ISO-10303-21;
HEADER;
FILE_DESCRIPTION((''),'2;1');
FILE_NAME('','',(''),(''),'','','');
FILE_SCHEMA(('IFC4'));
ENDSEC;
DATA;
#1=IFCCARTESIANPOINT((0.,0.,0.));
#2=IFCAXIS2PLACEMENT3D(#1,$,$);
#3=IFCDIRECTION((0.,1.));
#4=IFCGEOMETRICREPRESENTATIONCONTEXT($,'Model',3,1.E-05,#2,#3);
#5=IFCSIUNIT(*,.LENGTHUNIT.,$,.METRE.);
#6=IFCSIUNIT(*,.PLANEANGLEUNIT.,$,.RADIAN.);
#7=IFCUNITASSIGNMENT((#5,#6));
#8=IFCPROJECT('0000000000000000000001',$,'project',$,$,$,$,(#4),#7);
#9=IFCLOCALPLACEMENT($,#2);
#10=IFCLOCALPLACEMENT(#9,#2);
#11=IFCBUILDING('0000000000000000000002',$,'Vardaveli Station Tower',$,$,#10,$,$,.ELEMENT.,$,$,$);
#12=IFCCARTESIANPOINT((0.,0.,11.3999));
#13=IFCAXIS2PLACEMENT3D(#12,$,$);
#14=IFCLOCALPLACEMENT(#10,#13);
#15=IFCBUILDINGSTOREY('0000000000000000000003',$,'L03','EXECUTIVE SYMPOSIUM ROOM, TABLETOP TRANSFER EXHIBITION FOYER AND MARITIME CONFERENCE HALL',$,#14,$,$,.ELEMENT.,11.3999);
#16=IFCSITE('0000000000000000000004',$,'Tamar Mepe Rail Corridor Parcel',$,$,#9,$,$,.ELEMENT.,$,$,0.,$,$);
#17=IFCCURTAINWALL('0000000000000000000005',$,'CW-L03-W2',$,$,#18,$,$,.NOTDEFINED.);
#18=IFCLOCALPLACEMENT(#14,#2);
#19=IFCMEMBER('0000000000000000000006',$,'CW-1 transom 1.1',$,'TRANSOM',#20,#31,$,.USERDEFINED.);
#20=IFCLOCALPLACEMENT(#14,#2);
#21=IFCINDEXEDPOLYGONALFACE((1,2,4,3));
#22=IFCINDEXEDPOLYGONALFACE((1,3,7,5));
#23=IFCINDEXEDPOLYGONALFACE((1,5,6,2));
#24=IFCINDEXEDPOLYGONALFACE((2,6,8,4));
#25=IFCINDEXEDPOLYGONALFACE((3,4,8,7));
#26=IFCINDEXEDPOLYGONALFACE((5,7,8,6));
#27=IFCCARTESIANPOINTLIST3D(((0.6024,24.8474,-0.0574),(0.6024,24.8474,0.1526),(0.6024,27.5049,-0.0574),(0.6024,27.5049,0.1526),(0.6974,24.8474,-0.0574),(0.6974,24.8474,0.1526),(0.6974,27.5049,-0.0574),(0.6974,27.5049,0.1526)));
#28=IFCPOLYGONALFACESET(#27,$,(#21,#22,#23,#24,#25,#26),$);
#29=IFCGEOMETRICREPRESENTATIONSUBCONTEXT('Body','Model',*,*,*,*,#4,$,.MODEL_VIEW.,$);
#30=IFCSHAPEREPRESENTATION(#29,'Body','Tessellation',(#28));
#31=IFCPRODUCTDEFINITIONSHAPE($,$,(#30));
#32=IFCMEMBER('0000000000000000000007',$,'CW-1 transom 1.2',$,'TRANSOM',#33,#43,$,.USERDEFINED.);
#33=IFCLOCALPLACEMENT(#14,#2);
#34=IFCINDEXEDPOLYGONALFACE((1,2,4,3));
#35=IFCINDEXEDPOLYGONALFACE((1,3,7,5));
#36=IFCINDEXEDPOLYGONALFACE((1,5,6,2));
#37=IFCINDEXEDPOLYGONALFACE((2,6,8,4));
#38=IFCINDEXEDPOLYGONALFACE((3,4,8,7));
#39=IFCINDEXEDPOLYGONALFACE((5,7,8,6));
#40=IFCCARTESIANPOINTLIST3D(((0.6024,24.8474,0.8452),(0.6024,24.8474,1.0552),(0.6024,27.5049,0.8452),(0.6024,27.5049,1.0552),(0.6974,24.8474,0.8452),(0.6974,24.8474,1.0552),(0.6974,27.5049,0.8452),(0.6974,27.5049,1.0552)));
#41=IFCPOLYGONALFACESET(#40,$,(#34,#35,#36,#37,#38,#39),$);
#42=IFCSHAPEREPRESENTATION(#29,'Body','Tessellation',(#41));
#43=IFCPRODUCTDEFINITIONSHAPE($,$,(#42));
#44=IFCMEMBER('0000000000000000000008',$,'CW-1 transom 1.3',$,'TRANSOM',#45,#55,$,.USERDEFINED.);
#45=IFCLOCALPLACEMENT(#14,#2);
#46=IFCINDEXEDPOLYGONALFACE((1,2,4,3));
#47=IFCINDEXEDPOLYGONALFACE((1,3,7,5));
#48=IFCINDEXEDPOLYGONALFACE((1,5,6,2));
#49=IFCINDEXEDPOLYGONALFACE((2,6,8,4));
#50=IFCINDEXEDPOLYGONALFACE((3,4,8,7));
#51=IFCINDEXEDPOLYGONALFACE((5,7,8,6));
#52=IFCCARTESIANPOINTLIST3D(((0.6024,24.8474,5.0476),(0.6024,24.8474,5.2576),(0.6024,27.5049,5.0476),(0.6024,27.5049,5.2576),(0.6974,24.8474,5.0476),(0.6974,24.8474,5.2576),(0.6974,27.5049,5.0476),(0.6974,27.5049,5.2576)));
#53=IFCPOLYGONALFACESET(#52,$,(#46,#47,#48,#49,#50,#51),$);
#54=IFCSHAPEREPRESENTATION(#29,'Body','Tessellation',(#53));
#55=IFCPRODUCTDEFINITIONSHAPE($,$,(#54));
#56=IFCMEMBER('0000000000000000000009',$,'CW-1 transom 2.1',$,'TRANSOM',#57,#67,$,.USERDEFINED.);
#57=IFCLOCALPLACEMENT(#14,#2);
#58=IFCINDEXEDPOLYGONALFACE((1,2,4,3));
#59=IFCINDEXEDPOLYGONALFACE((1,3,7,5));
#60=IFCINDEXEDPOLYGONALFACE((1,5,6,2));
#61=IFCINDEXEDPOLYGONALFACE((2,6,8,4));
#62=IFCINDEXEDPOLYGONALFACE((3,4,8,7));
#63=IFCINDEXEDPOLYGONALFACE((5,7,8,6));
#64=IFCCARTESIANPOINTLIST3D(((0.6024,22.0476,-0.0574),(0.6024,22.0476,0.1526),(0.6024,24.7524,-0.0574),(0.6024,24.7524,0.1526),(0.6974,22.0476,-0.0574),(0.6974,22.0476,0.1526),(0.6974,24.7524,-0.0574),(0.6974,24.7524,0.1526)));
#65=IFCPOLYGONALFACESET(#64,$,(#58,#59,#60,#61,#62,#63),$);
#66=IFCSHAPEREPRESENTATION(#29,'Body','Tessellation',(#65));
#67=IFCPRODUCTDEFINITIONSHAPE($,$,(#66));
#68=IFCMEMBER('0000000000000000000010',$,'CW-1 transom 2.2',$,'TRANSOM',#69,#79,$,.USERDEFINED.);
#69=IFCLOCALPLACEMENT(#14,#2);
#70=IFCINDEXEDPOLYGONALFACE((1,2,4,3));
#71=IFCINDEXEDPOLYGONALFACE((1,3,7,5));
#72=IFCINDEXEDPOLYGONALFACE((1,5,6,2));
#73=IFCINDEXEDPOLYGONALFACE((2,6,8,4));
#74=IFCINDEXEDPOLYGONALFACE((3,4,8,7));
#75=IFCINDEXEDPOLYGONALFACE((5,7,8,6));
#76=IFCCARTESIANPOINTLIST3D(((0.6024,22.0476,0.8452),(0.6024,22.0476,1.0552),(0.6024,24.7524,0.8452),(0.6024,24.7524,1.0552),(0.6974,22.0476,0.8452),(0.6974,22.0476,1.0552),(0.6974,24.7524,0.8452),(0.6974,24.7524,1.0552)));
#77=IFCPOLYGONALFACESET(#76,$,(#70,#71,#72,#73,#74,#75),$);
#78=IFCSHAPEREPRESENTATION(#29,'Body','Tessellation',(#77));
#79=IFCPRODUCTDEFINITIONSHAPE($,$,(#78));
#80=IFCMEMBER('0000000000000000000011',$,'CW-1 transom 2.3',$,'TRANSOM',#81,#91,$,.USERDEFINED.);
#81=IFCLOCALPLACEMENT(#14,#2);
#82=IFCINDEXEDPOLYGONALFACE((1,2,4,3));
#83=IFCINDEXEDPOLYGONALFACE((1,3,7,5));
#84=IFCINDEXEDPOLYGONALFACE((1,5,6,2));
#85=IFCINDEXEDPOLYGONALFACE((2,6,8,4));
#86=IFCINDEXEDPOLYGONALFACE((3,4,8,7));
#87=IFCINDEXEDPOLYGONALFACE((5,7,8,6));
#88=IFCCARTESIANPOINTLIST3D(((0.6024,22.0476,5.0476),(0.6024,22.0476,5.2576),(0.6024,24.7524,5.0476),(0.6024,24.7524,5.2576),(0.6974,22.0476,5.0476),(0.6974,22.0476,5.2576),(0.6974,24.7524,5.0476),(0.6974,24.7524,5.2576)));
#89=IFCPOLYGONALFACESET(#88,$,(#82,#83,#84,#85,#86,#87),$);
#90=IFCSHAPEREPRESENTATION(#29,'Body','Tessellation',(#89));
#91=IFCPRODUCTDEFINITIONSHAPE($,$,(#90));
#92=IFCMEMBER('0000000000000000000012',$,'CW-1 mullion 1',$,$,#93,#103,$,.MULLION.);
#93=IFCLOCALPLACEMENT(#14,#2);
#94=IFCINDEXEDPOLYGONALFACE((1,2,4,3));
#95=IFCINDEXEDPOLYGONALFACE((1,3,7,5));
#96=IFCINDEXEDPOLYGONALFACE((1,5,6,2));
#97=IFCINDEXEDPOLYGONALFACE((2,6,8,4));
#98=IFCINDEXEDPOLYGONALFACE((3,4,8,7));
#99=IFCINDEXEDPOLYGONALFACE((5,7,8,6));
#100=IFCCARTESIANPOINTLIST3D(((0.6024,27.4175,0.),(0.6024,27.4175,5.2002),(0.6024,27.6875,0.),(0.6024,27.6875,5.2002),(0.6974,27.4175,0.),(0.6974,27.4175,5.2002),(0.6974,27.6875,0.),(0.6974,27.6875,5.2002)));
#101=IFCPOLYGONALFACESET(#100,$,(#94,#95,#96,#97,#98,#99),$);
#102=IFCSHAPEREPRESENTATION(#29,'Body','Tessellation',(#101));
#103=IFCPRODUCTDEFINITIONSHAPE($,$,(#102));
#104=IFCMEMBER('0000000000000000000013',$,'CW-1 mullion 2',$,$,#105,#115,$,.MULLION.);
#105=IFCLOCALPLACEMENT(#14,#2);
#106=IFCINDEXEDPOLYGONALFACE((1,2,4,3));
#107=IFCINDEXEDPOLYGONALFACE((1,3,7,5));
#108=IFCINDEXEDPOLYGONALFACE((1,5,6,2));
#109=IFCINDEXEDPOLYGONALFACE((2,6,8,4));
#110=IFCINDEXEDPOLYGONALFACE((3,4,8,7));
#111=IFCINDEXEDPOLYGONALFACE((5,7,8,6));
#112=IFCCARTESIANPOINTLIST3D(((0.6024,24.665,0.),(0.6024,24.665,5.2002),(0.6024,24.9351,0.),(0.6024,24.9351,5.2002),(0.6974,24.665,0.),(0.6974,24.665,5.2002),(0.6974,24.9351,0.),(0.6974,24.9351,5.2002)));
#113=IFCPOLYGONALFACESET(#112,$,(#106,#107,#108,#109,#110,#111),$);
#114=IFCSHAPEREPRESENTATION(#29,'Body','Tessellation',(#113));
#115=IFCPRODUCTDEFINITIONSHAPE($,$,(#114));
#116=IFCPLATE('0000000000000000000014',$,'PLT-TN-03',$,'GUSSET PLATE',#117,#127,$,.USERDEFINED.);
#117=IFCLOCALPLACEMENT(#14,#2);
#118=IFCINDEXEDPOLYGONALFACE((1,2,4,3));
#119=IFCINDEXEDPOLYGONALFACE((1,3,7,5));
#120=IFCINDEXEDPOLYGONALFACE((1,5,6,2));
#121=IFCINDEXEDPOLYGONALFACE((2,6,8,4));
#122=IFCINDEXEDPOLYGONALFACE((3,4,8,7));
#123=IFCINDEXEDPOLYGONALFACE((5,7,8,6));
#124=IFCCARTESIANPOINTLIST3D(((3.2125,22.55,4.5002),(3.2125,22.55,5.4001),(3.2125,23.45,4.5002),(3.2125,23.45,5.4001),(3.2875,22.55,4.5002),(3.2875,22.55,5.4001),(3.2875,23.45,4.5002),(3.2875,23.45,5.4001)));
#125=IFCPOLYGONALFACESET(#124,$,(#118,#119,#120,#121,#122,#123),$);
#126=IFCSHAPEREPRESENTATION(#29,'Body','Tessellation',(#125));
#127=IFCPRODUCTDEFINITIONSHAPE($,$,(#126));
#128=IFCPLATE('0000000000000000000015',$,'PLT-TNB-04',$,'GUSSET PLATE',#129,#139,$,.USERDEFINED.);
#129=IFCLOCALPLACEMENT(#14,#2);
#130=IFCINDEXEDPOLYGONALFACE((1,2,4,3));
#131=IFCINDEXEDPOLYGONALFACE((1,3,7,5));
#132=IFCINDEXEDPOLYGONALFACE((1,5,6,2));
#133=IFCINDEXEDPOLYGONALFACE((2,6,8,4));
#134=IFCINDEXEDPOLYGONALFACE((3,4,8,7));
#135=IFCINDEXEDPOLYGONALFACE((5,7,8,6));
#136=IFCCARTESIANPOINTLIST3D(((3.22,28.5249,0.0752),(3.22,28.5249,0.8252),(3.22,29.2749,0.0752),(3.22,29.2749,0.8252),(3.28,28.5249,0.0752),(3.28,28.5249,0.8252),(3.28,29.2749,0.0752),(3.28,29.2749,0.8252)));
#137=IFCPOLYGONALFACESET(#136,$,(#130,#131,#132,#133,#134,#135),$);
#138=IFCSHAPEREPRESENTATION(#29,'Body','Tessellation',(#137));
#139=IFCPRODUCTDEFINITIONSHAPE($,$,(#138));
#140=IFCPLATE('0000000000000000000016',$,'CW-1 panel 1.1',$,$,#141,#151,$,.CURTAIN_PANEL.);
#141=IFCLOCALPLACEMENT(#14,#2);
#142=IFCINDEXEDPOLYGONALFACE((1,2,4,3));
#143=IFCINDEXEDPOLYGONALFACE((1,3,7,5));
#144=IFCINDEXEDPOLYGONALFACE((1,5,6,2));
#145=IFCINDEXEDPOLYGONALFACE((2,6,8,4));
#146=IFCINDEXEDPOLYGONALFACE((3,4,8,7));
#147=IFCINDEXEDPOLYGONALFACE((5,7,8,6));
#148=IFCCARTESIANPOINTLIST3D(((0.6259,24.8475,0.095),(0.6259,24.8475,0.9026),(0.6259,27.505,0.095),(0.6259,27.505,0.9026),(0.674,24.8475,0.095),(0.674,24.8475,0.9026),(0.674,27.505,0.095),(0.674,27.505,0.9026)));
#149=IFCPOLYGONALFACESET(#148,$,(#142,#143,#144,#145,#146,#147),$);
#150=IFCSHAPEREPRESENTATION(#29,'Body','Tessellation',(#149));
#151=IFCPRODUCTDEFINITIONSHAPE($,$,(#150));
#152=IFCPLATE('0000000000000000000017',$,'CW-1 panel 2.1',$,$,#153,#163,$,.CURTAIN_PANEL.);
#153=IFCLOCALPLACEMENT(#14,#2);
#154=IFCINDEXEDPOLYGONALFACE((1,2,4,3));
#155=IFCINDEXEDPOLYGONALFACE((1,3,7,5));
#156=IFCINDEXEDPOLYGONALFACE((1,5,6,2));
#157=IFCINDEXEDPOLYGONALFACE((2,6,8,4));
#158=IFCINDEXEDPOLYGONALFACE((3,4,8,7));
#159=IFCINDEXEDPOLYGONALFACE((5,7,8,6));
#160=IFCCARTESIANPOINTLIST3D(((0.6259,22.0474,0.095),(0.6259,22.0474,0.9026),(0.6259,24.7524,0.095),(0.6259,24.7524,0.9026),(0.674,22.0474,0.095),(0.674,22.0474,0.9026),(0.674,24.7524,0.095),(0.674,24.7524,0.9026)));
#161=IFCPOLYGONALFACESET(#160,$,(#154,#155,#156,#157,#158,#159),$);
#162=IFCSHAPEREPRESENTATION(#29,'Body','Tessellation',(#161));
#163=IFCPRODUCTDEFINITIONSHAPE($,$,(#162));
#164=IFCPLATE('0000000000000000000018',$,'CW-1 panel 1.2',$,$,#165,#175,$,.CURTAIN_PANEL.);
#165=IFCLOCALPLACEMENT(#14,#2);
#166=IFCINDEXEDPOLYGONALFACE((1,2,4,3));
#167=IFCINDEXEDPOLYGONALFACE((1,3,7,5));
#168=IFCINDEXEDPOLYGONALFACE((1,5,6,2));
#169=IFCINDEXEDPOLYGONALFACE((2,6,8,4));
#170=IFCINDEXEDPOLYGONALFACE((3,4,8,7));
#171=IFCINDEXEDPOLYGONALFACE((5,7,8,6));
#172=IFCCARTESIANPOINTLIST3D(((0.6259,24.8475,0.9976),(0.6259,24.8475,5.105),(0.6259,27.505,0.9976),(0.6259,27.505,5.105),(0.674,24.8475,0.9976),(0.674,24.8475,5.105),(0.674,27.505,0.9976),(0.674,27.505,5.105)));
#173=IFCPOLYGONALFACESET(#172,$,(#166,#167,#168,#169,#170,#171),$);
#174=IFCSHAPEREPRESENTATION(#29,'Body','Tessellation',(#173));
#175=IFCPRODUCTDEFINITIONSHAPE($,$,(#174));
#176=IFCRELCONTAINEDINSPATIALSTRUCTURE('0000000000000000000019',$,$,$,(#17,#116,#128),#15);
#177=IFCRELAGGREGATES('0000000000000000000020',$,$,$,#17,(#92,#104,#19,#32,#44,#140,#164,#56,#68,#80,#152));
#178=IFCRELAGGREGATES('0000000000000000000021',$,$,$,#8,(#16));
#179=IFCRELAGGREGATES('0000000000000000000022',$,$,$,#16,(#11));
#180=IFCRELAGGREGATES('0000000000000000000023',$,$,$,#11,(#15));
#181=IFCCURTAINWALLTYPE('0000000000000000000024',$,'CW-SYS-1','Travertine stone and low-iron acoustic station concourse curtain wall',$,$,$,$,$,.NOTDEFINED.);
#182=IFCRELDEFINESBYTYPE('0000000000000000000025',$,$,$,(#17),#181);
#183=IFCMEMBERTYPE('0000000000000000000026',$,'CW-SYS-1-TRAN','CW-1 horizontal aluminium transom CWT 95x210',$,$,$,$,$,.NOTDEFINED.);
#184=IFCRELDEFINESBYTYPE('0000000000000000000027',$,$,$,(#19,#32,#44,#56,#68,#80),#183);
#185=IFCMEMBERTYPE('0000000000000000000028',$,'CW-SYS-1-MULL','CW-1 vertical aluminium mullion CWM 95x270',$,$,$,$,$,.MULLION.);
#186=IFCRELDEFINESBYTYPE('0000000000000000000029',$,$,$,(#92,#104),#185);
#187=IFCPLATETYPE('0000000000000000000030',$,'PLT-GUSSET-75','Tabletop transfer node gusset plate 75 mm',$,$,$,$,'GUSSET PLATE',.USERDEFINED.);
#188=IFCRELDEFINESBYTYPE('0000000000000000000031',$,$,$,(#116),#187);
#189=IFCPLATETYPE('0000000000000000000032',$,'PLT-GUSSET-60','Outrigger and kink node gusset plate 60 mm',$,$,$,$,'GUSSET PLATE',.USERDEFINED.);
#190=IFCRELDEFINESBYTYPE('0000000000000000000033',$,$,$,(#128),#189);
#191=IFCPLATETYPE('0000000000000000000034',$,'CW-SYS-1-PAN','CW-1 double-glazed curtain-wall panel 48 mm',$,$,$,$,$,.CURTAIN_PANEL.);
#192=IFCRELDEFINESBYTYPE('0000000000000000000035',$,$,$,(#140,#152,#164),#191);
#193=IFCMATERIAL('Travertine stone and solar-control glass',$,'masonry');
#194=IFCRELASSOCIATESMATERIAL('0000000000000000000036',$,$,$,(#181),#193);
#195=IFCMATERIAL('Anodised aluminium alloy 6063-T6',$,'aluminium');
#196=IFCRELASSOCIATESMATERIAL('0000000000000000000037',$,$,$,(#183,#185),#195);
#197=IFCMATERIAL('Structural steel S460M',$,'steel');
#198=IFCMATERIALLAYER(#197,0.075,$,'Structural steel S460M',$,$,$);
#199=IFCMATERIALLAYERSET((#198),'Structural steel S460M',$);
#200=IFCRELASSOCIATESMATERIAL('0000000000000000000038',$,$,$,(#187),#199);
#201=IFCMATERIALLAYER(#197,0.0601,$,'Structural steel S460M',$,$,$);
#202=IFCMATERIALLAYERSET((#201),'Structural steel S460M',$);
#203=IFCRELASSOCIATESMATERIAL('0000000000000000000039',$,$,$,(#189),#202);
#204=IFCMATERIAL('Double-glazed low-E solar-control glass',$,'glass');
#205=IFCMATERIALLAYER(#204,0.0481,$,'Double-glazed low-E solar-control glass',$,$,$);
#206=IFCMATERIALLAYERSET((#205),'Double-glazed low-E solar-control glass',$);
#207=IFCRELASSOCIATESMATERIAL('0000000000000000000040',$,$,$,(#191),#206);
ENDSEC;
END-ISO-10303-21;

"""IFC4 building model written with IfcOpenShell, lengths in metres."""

from ifc_helpers import new_model, si_unit, direction, frame, origin, origin_2d, place, context, subcontext, project, spatial, rectangle, extrude, source, transform, mapped, material, layer, layer_set, material_profile, profile_set, type_object, element, aggregate, save


model = new_model("IFC4")

# Units and contexts
model_context = context("Model", 3, precision=1e-05, world=origin(), true_north=direction((0.0, 1.0)))
body_context = subcontext(model_context, "Body", "Model", "MODEL_VIEW")
ifc_project = project(units=[si_unit("LENGTHUNIT", "METRE"), si_unit("PLANEANGLEUNIT", "RADIAN")], contexts=[model_context])

# Site, building, storey
site_placement = place(None, origin())
site = spatial("IfcSite", under=ifc_project, at=site_placement, Name="Tamar Mepe Rail Corridor Parcel", CompositionType="ELEMENT", RefElevation=0.0)
building_placement = place(site_placement, origin())
building = spatial("IfcBuilding", under=site, at=building_placement, Name="Vardaveli Station Tower", CompositionType="ELEMENT")
storey_placement = place(building_placement, frame((0.0, 0.0, 11.3999)))
storey = spatial("IfcBuildingStorey", under=building, at=storey_placement, Name="L03", Description="EXECUTIVE SYMPOSIUM ROOM, TABLETOP TRANSFER EXHIBITION FOYER AND MARITIME CONFERENCE HALL", CompositionType="ELEMENT", Elevation=11.3999)

# Shared definitions
ifc_material_1 = material(Name="Structural steel S460M", Category="steel")

# Curtain wall, members
ifc_material_2 = material(Name="Travertine stone and solar-control glass", Category="masonry")
curtain_wall_type = type_object("IfcCurtainWallType", Name="CW-SYS-1", Description="Travertine stone and low-iron acoustic station concourse curtain wall", PredefinedType="NOTDEFINED", material=ifc_material_2)
curtain_wall_placement = place(storey_placement, origin())
curtain_wall = element("IfcCurtainWall", 1, at=curtain_wall_placement, inside=storey, type_object=curtain_wall_type, Name="CW-L03-W2", PredefinedType="NOTDEFINED")
ifc_material_3 = material(Name="Anodised aluminium alloy 6063-T6", Category="aluminium")
ifc_material_profile_1 = material_profile(ifc_material_3, rectangle(XDim=0.095, YDim=0.21, at=origin_2d()), Name="CWT 95x210")
ifc_profile_set_1 = profile_set([ifc_material_profile_1], Name="Anodised aluminium alloy 6063-T6")
member_type_1 = type_object("IfcMemberType", Name="CW-SYS-1-TRAN", Description="CW-1 horizontal aluminium transom CWT 95x210", PredefinedType="NOTDEFINED", material=ifc_profile_set_1)
shared_shape_1 = source(origin(), body_context, "Body", "SweptSolid", [
    extrude(rectangle(XDim=0.095, YDim=0.21, at=origin_2d()), origin(), (0.0, 0.0, 1.0), 2.6575),
])
member_1_placement = place(storey_placement, frame((0.6499, 27.5049, 0.0476), z_axis=(0.0, -1.0, 0.0), x_axis=(1.0, 0.0, 0.0)))
member_1 = element("IfcMember", 2, at=member_1_placement, type_object=member_type_1, Name="CW-1 transom 1.1", ObjectType="TRANSOM", PredefinedType="USERDEFINED", context=body_context, shape_type="MappedRepresentation", body=[
    mapped(shared_shape_1, transform((0.0, 0.0, 0.0), scale=1.0)),
])
member_2_placement = place(storey_placement, frame((0.6499, 27.5049, 0.9502), z_axis=(0.0, -1.0, 0.0), x_axis=(1.0, 0.0, 0.0)))
member_2 = element("IfcMember", 3, at=member_2_placement, type_object=member_type_1, Name="CW-1 transom 1.2", ObjectType="TRANSOM", PredefinedType="USERDEFINED", context=body_context, shape_type="MappedRepresentation", body=[
    mapped(shared_shape_1, transform((0.0, 0.0, 0.0), scale=1.0)),
])
member_3_placement = place(storey_placement, frame((0.6499, 27.5049, 5.1526), z_axis=(0.0, -1.0, 0.0), x_axis=(1.0, 0.0, 0.0)))
member_3 = element("IfcMember", 4, at=member_3_placement, type_object=member_type_1, Name="CW-1 transom 1.3", ObjectType="TRANSOM", PredefinedType="USERDEFINED", context=body_context, shape_type="MappedRepresentation", body=[
    mapped(shared_shape_1, transform((0.0, 0.0, 0.0), scale=1.0)),
])
shared_shape_2 = source(origin(), body_context, "Body", "SweptSolid", [
    extrude(rectangle(XDim=0.095, YDim=0.21, at=origin_2d()), origin(), (0.0, 0.0, 1.0), 2.7048),
])
member_4_placement = place(storey_placement, frame((0.6499, 24.7524, 0.0476), z_axis=(0.0, -1.0, 0.0), x_axis=(1.0, 0.0, 0.0)))
member_4 = element("IfcMember", 5, at=member_4_placement, type_object=member_type_1, Name="CW-1 transom 2.1", ObjectType="TRANSOM", PredefinedType="USERDEFINED", context=body_context, shape_type="MappedRepresentation", body=[
    mapped(shared_shape_2, transform((0.0, 0.0, 0.0), scale=1.0)),
])
member_5_placement = place(storey_placement, frame((0.6499, 24.7524, 0.9502), z_axis=(0.0, -1.0, 0.0), x_axis=(1.0, 0.0, 0.0)))
member_5 = element("IfcMember", 6, at=member_5_placement, type_object=member_type_1, Name="CW-1 transom 2.2", ObjectType="TRANSOM", PredefinedType="USERDEFINED", context=body_context, shape_type="MappedRepresentation", body=[
    mapped(shared_shape_2, transform((0.0, 0.0, 0.0), scale=1.0)),
])
member_6_placement = place(storey_placement, frame((0.6499, 24.7524, 5.1526), z_axis=(0.0, -1.0, 0.0), x_axis=(1.0, 0.0, 0.0)))
member_6 = element("IfcMember", 7, at=member_6_placement, type_object=member_type_1, Name="CW-1 transom 2.3", ObjectType="TRANSOM", PredefinedType="USERDEFINED", context=body_context, shape_type="MappedRepresentation", body=[
    mapped(shared_shape_2, transform((0.0, 0.0, 0.0), scale=1.0)),
])
ifc_material_profile_2 = material_profile(ifc_material_3, rectangle(XDim=0.095, YDim=0.27, at=origin_2d()), Name="CWM 95x270")
ifc_profile_set_2 = profile_set([ifc_material_profile_2], Name="Anodised aluminium alloy 6063-T6")
member_type_2 = type_object("IfcMemberType", Name="CW-SYS-1-MULL", Description="CW-1 vertical aluminium mullion CWM 95x270", PredefinedType="MULLION", material=ifc_profile_set_2)
shared_shape_3 = source(origin(), body_context, "Body", "SweptSolid", [
    extrude(rectangle(XDim=0.095, YDim=0.27, at=origin_2d()), origin(), (0.0, 0.0, 1.0), 5.2002),
])
member_7_placement = place(storey_placement, frame((0.6499, 27.5525, 0.0), z_axis=(0.0, 0.0, 1.0), x_axis=(1.0, 0.0, 0.0)))
member_7 = element("IfcMember", 8, at=member_7_placement, type_object=member_type_2, Name="CW-1 mullion 1", PredefinedType="MULLION", context=body_context, shape_type="MappedRepresentation", body=[
    mapped(shared_shape_3, transform((0.0, 0.0, 0.0), scale=1.0)),
])
member_8_placement = place(storey_placement, frame((0.6499, 24.8, 0.0), z_axis=(0.0, 0.0, 1.0), x_axis=(1.0, 0.0, 0.0)))
member_8 = element("IfcMember", 9, at=member_8_placement, type_object=member_type_2, Name="CW-1 mullion 2", PredefinedType="MULLION", context=body_context, shape_type="MappedRepresentation", body=[
    mapped(shared_shape_3, transform((0.0, 0.0, 0.0), scale=1.0)),
])

# Plates
ifc_layer_1 = layer(ifc_material_1, 0.075, Name="Structural steel S460M")
ifc_layer_set_1 = layer_set([ifc_layer_1], Name="Structural steel S460M")
plate_type_1 = type_object("IfcPlateType", Name="PLT-GUSSET-75", Description="Tabletop transfer node gusset plate 75 mm", ElementType="GUSSET PLATE", PredefinedType="USERDEFINED", material=ifc_layer_set_1)
shared_shape_4 = source(origin(), body_context, "Body", "SweptSolid", [
    extrude(rectangle(XDim=0.8999, YDim=0.075, at=origin_2d()), origin(), (0.0, 0.0, 1.0), 0.8999),
])
plate_1_placement = place(storey_placement, frame((3.25, 23.0, 4.5002), z_axis=(0.0, 0.0, 1.0), x_axis=(0.0, 1.0, 0.0)))
element("IfcPlate", 10, at=plate_1_placement, inside=storey, type_object=plate_type_1, Name="PLT-TN-03", ObjectType="GUSSET PLATE", PredefinedType="USERDEFINED", context=body_context, shape_type="MappedRepresentation", body=[
    mapped(shared_shape_4, transform((0.0, 0.0, 0.0), scale=1.0)),
])
ifc_layer_2 = layer(ifc_material_1, 0.0601, Name="Structural steel S460M")
ifc_layer_set_2 = layer_set([ifc_layer_2], Name="Structural steel S460M")
plate_type_2 = type_object("IfcPlateType", Name="PLT-GUSSET-60", Description="Outrigger and kink node gusset plate 60 mm", ElementType="GUSSET PLATE", PredefinedType="USERDEFINED", material=ifc_layer_set_2)
shared_shape_5 = source(origin(), body_context, "Body", "SweptSolid", [
    extrude(rectangle(XDim=0.75, YDim=0.0601, at=origin_2d()), origin(), (0.0, 0.0, 1.0), 0.75),
])
plate_2_placement = place(storey_placement, frame((3.25, 28.8999, 0.0752), z_axis=(0.0, 0.0, 1.0), x_axis=(0.0, 1.0, 0.0)))
element("IfcPlate", 11, at=plate_2_placement, inside=storey, type_object=plate_type_2, Name="PLT-TNB-04", ObjectType="GUSSET PLATE", PredefinedType="USERDEFINED", context=body_context, shape_type="MappedRepresentation", body=[
    mapped(shared_shape_5, transform((0.0, 0.0, 0.0), scale=1.0)),
])

# Plates
ifc_material_4 = material(Name="Double-glazed low-E solar-control glass", Category="glass")
ifc_layer_3 = layer(ifc_material_4, 0.0481, Name="Double-glazed low-E solar-control glass")
ifc_layer_set_3 = layer_set([ifc_layer_3], Name="Double-glazed low-E solar-control glass")
plate_type_3 = type_object("IfcPlateType", Name="CW-SYS-1-PAN", Description="CW-1 double-glazed curtain-wall panel 48 mm", PredefinedType="CURTAIN_PANEL", material=ifc_layer_set_3)
shared_shape_6 = source(origin(), body_context, "Body", "SweptSolid", [
    extrude(rectangle(XDim=2.6575, YDim=0.0481, at=origin_2d()), origin(), (0.0, 0.0, 1.0), 0.8076),
])
plate_3_placement = place(storey_placement, frame((0.6499, 26.1763, 0.095), z_axis=(0.0, 0.0, 1.0), x_axis=(0.0, -1.0, 0.0)))
plate_3 = element("IfcPlate", 12, at=plate_3_placement, type_object=plate_type_3, Name="CW-1 panel 1.1", PredefinedType="CURTAIN_PANEL", context=body_context, shape_type="MappedRepresentation", body=[
    mapped(shared_shape_6, transform((0.0, 0.0, 0.0), scale=1.0)),
])
shared_shape_7 = source(origin(), body_context, "Body", "SweptSolid", [
    extrude(rectangle(XDim=2.7051, YDim=0.0481, at=origin_2d()), origin(), (0.0, 0.0, 1.0), 0.8076),
])
plate_4_placement = place(storey_placement, frame((0.6499, 23.3999, 0.095), z_axis=(0.0, 0.0, 1.0), x_axis=(0.0, -1.0, 0.0)))
plate_4 = element("IfcPlate", 13, at=plate_4_placement, type_object=plate_type_3, Name="CW-1 panel 2.1", PredefinedType="CURTAIN_PANEL", context=body_context, shape_type="MappedRepresentation", body=[
    mapped(shared_shape_7, transform((0.0, 0.0, 0.0), scale=1.0)),
])
shared_shape_8 = source(origin(), body_context, "Body", "SweptSolid", [
    extrude(rectangle(XDim=2.6575, YDim=0.0481, at=origin_2d()), origin(), (0.0, 0.0, 1.0), 4.1074),
])
plate_5_placement = place(storey_placement, frame((0.6499, 26.1763, 0.9976), z_axis=(0.0, 0.0, 1.0), x_axis=(0.0, -1.0, 0.0)))
plate_5 = element("IfcPlate", 14, at=plate_5_placement, type_object=plate_type_3, Name="CW-1 panel 1.2", PredefinedType="CURTAIN_PANEL", context=body_context, shape_type="MappedRepresentation", body=[
    mapped(shared_shape_8, transform((0.0, 0.0, 0.0), scale=1.0)),
])
aggregate(curtain_wall, [member_7, member_8, member_1, member_2, member_3, plate_3, plate_5, member_4, member_5, member_6, plate_4])

save(model, "model.ifc")
